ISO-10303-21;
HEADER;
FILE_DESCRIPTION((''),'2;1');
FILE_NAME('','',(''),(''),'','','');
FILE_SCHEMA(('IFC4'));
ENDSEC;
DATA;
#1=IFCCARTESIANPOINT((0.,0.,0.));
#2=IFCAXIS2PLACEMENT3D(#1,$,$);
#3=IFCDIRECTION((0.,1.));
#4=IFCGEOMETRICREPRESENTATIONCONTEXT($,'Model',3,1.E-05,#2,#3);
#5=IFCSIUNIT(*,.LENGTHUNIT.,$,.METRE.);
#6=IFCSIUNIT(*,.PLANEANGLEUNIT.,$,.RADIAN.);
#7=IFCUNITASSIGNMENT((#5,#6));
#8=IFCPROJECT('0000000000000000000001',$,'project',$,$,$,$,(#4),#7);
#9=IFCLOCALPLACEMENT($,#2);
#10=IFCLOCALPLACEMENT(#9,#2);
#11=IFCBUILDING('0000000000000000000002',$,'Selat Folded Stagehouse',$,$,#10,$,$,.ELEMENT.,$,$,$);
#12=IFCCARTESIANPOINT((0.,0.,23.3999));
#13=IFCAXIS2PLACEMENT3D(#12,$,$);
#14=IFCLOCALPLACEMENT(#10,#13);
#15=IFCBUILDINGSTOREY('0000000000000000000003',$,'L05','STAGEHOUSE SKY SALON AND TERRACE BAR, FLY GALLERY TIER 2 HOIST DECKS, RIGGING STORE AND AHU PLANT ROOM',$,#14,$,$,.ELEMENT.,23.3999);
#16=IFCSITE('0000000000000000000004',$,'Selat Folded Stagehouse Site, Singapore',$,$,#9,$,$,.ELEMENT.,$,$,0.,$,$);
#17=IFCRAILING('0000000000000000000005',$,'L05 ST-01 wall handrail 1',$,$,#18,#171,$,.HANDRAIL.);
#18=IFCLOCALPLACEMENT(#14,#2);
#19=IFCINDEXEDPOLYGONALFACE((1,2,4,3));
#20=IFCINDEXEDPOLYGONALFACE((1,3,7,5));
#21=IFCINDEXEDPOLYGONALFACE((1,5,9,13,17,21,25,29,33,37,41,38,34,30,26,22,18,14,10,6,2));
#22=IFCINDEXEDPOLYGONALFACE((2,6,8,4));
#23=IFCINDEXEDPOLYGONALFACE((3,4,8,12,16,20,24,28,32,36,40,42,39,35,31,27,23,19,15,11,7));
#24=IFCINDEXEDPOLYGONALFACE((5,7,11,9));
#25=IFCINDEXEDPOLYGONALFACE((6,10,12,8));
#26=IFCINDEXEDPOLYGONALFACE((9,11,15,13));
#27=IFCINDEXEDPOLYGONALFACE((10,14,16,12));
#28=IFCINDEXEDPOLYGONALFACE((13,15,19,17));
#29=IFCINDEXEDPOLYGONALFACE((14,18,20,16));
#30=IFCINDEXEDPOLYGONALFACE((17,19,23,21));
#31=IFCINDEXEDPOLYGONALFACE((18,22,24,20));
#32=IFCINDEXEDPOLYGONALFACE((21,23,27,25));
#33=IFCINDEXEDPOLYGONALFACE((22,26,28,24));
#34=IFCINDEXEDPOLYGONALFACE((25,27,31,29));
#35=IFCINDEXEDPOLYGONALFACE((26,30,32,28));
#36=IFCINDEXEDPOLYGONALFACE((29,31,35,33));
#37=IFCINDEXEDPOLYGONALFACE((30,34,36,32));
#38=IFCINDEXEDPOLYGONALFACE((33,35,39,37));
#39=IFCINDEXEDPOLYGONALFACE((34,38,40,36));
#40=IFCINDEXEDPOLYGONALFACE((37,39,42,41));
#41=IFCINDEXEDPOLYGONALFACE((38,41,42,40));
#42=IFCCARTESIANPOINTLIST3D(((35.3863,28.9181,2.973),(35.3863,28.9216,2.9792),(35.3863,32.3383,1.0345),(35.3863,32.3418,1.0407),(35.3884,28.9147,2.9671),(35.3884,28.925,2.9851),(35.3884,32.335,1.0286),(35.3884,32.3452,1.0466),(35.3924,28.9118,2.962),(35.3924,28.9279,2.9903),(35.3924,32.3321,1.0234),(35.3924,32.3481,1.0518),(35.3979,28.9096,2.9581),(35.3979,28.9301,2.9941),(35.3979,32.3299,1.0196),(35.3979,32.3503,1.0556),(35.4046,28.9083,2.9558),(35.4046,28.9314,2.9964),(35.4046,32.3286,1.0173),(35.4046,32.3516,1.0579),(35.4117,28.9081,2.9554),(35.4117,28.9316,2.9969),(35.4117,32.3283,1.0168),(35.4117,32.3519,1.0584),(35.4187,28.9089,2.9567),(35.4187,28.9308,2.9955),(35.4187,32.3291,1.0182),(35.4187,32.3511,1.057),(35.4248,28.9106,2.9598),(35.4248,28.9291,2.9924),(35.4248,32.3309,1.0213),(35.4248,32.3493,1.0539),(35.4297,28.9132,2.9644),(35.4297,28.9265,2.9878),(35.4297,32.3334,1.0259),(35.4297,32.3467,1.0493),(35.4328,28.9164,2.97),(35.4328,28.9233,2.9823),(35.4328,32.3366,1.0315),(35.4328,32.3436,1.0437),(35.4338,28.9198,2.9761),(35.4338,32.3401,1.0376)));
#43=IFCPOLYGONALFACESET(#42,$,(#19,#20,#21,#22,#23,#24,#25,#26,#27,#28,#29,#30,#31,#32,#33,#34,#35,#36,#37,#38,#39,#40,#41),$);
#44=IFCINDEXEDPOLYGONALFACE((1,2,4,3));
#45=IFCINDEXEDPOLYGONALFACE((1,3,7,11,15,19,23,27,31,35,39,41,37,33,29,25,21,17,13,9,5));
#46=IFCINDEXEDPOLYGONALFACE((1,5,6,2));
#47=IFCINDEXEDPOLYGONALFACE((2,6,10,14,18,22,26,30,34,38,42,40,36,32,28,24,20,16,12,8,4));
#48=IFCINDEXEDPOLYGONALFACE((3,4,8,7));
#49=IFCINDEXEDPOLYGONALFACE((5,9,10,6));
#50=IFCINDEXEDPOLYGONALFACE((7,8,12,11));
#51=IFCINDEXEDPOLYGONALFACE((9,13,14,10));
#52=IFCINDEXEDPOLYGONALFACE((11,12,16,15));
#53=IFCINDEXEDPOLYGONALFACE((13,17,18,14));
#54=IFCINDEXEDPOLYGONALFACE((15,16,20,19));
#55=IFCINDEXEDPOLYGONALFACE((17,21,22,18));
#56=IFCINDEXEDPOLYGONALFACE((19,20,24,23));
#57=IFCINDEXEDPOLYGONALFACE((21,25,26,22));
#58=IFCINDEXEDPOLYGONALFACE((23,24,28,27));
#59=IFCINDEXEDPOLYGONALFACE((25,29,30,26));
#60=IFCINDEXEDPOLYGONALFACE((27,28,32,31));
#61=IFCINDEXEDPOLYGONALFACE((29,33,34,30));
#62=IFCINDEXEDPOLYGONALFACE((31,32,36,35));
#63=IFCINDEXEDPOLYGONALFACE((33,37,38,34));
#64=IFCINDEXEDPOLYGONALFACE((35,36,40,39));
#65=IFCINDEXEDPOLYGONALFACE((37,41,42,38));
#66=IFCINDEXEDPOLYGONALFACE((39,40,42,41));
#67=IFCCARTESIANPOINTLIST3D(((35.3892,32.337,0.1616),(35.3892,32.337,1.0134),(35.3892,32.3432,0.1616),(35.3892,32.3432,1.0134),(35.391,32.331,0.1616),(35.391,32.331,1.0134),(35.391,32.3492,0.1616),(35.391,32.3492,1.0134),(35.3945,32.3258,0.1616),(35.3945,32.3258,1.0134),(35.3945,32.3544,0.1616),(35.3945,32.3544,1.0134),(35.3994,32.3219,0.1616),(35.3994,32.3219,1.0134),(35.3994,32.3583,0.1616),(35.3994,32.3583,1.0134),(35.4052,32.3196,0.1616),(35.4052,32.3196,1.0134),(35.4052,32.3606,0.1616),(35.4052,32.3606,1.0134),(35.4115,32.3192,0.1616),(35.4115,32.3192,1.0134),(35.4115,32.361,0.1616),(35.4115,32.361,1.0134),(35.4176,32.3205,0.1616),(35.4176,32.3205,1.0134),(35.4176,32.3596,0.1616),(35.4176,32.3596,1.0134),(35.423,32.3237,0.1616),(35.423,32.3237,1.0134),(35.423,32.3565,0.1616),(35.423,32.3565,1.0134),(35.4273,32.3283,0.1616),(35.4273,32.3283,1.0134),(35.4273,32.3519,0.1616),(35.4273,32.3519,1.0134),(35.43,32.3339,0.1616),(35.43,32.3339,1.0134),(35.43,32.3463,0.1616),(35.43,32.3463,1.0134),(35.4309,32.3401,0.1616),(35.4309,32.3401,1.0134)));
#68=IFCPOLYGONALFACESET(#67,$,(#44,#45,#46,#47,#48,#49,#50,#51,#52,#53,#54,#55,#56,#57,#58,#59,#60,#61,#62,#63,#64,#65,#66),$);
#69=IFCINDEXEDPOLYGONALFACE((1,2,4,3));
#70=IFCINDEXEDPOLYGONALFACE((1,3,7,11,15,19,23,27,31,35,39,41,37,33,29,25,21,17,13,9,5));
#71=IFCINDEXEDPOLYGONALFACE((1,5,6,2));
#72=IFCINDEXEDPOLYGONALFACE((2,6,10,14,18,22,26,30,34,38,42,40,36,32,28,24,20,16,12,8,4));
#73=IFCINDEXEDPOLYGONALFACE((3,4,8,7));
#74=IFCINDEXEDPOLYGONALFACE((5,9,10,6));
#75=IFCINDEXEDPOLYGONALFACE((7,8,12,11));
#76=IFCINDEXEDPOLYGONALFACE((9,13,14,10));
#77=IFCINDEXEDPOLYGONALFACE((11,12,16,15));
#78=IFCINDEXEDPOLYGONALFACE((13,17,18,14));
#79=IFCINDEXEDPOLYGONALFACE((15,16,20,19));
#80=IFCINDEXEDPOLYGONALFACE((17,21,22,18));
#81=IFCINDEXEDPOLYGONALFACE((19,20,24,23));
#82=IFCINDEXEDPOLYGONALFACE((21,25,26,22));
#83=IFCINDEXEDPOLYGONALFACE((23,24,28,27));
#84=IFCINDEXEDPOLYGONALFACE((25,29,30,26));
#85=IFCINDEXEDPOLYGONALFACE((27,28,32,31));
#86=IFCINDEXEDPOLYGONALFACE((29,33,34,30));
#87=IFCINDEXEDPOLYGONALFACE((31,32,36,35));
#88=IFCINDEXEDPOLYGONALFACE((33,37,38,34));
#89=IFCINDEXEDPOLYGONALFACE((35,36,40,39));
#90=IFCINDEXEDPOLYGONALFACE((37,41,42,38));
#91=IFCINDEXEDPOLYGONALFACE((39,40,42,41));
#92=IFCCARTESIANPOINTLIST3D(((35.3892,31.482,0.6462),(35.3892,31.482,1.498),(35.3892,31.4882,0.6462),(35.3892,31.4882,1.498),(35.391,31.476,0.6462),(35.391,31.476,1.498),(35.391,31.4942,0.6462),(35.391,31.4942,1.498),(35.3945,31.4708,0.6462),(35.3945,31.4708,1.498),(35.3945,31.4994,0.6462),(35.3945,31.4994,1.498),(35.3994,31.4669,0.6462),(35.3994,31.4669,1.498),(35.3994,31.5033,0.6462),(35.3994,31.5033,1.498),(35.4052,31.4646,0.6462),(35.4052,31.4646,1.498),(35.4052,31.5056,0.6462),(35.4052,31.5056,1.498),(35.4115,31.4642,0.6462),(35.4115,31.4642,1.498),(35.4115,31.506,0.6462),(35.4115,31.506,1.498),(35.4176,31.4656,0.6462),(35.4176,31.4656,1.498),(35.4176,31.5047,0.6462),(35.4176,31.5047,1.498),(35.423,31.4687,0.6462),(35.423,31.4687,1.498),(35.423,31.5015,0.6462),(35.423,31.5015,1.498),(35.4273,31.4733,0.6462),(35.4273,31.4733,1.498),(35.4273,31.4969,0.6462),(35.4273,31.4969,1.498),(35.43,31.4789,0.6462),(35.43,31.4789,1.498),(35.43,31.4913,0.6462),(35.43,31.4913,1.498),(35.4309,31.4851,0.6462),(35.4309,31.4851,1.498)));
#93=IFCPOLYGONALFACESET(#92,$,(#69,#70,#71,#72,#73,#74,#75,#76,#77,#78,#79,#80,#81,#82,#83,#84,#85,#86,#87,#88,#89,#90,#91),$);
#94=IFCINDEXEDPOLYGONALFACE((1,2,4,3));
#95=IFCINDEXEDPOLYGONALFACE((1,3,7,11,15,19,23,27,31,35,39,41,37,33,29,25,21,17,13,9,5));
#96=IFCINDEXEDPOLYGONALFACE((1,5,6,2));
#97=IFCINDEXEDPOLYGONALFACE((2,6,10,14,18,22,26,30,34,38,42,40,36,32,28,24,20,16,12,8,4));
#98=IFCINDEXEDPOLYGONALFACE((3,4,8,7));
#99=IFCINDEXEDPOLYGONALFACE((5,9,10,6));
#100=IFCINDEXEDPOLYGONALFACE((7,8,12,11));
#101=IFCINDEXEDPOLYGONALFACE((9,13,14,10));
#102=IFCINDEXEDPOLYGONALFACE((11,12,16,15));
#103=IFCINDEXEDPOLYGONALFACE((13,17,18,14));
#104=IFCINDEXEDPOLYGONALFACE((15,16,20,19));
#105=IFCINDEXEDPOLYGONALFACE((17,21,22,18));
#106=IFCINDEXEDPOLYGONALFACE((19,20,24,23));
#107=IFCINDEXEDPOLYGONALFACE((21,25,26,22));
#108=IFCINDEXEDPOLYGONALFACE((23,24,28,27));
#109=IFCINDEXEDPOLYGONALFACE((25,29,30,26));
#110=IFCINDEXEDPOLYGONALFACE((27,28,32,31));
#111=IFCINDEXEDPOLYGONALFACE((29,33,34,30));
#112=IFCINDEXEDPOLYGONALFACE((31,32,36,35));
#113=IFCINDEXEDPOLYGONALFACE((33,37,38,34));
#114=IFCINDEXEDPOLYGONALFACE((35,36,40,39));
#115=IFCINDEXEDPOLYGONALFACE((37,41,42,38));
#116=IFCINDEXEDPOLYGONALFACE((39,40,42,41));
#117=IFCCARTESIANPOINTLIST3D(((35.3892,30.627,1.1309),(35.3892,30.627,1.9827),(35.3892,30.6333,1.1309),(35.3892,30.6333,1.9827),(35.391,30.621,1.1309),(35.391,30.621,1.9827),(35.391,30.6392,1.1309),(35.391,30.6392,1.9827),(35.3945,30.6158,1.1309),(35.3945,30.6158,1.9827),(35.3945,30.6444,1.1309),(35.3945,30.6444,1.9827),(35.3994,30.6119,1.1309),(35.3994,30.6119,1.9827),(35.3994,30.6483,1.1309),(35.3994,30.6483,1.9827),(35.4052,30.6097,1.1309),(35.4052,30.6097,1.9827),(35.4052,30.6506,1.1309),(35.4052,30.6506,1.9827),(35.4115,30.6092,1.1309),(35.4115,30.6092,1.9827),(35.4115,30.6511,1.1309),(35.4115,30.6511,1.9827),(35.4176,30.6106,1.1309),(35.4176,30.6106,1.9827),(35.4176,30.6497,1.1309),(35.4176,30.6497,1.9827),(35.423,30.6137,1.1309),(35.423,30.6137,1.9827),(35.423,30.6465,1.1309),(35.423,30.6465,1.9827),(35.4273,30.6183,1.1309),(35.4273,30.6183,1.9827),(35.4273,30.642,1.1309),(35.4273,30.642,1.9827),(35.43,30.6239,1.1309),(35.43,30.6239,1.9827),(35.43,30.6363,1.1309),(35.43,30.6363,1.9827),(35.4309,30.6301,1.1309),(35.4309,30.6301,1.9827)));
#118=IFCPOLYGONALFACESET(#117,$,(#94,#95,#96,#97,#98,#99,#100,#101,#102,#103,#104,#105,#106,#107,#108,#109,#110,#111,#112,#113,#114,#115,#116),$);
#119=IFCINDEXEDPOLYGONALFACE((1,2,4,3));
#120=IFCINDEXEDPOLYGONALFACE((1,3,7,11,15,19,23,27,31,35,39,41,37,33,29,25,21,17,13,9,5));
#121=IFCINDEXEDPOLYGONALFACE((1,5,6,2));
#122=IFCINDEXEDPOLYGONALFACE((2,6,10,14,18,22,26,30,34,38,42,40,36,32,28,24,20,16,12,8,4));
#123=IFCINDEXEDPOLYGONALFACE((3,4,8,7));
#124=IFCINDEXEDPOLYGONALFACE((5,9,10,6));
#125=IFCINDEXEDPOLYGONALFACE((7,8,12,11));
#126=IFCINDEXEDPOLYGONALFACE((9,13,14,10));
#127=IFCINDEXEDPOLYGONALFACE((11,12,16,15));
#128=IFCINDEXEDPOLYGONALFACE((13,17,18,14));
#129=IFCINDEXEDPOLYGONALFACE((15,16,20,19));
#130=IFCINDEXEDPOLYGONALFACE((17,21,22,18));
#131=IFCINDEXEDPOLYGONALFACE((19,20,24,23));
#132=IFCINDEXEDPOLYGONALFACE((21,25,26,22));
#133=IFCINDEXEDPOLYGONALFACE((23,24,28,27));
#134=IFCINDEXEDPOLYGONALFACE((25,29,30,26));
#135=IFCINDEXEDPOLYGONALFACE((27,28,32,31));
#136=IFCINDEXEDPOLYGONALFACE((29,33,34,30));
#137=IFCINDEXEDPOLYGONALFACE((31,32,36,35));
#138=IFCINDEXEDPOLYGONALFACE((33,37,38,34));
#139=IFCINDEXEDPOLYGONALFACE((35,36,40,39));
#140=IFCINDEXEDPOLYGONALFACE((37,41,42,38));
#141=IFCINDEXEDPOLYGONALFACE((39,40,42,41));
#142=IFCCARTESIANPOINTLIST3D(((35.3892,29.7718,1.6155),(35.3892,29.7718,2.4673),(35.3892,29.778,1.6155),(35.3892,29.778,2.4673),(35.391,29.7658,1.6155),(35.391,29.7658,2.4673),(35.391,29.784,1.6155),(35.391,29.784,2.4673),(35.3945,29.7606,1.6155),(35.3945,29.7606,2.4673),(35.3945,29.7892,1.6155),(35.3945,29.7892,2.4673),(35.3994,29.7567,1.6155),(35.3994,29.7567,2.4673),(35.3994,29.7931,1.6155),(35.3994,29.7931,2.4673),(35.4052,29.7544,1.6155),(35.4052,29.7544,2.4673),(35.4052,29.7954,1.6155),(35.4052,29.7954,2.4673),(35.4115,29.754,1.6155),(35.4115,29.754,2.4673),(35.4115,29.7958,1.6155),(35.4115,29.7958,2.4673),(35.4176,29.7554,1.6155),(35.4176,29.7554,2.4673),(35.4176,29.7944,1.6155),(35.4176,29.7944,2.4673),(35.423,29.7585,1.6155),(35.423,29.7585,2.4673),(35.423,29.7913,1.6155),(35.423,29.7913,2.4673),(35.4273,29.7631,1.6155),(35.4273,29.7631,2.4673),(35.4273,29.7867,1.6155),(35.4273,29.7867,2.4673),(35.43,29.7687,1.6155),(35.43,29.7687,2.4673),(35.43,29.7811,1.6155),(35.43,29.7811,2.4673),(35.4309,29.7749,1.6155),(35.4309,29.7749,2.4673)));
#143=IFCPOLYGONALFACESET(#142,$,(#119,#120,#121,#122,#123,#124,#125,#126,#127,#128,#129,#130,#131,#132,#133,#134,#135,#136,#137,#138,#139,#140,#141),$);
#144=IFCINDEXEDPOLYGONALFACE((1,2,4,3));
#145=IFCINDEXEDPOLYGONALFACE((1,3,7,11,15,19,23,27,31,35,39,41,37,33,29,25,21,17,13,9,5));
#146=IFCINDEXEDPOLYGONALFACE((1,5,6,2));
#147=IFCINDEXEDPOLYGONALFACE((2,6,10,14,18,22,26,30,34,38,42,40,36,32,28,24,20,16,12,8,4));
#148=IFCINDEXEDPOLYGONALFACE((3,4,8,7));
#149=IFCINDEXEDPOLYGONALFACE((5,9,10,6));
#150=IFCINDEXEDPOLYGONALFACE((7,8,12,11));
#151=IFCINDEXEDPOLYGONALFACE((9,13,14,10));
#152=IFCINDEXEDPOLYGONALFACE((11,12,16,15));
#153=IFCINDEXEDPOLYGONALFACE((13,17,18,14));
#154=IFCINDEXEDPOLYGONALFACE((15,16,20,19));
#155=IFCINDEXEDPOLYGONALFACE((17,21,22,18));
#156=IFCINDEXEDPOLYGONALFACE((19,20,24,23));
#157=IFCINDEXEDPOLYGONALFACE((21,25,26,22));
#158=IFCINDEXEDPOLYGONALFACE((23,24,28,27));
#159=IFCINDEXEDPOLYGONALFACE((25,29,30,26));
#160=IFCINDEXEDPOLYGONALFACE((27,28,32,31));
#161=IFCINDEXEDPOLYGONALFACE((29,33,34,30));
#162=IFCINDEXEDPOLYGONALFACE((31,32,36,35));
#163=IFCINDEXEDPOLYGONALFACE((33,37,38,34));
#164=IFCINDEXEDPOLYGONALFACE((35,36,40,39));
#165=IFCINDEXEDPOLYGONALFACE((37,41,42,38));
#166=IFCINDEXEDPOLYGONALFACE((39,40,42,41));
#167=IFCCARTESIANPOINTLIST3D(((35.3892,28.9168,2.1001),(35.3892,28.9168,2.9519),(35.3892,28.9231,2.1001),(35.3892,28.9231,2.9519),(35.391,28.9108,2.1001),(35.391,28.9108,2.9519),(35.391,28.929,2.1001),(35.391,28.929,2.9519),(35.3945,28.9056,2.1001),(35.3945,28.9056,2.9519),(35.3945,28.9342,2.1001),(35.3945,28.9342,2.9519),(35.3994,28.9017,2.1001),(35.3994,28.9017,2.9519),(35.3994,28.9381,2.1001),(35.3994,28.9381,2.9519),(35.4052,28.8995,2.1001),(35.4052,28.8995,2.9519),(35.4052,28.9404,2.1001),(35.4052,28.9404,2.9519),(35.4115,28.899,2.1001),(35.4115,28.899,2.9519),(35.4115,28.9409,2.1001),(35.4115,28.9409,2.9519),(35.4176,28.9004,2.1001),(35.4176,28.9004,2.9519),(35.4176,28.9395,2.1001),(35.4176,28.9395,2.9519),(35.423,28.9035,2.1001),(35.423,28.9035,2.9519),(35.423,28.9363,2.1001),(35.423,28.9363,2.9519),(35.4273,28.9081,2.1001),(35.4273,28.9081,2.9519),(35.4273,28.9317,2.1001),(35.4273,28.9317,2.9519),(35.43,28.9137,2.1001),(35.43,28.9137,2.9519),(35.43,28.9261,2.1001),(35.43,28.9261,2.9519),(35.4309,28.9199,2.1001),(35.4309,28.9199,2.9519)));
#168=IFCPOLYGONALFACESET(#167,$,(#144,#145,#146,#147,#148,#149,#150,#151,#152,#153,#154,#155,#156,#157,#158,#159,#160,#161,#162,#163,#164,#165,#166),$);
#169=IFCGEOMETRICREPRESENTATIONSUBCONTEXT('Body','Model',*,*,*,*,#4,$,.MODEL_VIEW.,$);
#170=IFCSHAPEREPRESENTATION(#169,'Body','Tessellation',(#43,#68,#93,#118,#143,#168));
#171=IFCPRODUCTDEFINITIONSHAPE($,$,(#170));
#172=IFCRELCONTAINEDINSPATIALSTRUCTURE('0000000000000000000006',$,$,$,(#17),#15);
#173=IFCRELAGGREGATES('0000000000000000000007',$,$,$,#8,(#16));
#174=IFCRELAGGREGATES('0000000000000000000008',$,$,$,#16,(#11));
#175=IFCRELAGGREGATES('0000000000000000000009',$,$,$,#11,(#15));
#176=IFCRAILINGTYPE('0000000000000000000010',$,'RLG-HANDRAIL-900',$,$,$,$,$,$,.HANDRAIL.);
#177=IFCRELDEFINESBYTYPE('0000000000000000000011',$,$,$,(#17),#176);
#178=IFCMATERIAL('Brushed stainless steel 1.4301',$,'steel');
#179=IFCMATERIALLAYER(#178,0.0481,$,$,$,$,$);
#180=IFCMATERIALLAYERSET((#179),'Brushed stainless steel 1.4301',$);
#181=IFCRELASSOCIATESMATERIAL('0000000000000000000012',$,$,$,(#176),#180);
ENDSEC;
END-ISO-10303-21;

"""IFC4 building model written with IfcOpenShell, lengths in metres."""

from ifc_helpers import new_model, si_unit, direction, frame, origin, origin_2d, place, context, subcontext, project, spatial, circle, extrude, material, layer, layer_set, type_object, element, save


model = new_model("IFC4")

# Units and contexts
model_context = context("Model", 3, precision=1e-05, world=origin(), true_north=direction((0.0, 1.0)))
body_context = subcontext(model_context, "Body", "Model", "MODEL_VIEW")
ifc_project = project(units=[si_unit("LENGTHUNIT", "METRE"), si_unit("PLANEANGLEUNIT", "RADIAN")], contexts=[model_context])

# Site, building, storey
site_placement = place(None, origin())
site = spatial("IfcSite", under=ifc_project, at=site_placement, Name="Selat Folded Stagehouse Site, Singapore", CompositionType="ELEMENT", RefElevation=0.0)
building_placement = place(site_placement, origin())
building = spatial("IfcBuilding", under=site, at=building_placement, Name="Selat Folded Stagehouse", CompositionType="ELEMENT")
storey_placement = place(building_placement, frame((0.0, 0.0, 23.3999)))
storey = spatial("IfcBuildingStorey", under=building, at=storey_placement, Name="L05", Description="STAGEHOUSE SKY SALON AND TERRACE BAR, FLY GALLERY TIER 2 HOIST DECKS, RIGGING STORE AND AHU PLANT ROOM", CompositionType="ELEMENT", Elevation=23.3999)

# Railing
ifc_material_1 = material(Name="Brushed stainless steel 1.4301", Category="steel")
ifc_layer_1 = layer(ifc_material_1, 0.0481)
ifc_layer_set_1 = layer_set([ifc_layer_1], Name="Brushed stainless steel 1.4301")
railing_type_1 = type_object("IfcRailingType", Name="RLG-HANDRAIL-900", PredefinedType="HANDRAIL", material=ifc_layer_set_1)
railing_1_placement = place(storey_placement, frame((35.4099, 32.3401, 0.1616)))
element("IfcRailing", 1, at=railing_1_placement, inside=storey, type_object=railing_type_1, Name="L05 ST-01 wall handrail 1", PredefinedType="HANDRAIL", context=body_context, shape_type="SweptSolid", body=[
    extrude(circle(Radius=0.0239, at=origin_2d()), frame((0.0, 0.0, 0.876), z_axis=(0.0, -0.86998, 0.493086), x_axis=(1.0, 0.0, 0.0)), (0.0, 0.0, 1.0), 3.9314),
    extrude(circle(Radius=0.021, at=origin_2d()), origin(), (0.0, 0.0, 1.0), 0.8518),
    extrude(circle(Radius=0.021, at=origin_2d()), frame((0.0, -0.855, 0.4846)), (0.0, 0.0, 1.0), 0.8518),
    extrude(circle(Radius=0.021, at=origin_2d()), frame((0.0, -1.71, 0.9692)), (0.0, 0.0, 1.0), 0.8518),
    extrude(circle(Radius=0.021, at=origin_2d()), frame((0.0, -2.5652, 1.4539)), (0.0, 0.0, 1.0), 0.8518),
    extrude(circle(Radius=0.021, at=origin_2d()), frame((0.0, -3.4202, 1.9385)), (0.0, 0.0, 1.0), 0.8518),
])

save(model, "model.ifc")
